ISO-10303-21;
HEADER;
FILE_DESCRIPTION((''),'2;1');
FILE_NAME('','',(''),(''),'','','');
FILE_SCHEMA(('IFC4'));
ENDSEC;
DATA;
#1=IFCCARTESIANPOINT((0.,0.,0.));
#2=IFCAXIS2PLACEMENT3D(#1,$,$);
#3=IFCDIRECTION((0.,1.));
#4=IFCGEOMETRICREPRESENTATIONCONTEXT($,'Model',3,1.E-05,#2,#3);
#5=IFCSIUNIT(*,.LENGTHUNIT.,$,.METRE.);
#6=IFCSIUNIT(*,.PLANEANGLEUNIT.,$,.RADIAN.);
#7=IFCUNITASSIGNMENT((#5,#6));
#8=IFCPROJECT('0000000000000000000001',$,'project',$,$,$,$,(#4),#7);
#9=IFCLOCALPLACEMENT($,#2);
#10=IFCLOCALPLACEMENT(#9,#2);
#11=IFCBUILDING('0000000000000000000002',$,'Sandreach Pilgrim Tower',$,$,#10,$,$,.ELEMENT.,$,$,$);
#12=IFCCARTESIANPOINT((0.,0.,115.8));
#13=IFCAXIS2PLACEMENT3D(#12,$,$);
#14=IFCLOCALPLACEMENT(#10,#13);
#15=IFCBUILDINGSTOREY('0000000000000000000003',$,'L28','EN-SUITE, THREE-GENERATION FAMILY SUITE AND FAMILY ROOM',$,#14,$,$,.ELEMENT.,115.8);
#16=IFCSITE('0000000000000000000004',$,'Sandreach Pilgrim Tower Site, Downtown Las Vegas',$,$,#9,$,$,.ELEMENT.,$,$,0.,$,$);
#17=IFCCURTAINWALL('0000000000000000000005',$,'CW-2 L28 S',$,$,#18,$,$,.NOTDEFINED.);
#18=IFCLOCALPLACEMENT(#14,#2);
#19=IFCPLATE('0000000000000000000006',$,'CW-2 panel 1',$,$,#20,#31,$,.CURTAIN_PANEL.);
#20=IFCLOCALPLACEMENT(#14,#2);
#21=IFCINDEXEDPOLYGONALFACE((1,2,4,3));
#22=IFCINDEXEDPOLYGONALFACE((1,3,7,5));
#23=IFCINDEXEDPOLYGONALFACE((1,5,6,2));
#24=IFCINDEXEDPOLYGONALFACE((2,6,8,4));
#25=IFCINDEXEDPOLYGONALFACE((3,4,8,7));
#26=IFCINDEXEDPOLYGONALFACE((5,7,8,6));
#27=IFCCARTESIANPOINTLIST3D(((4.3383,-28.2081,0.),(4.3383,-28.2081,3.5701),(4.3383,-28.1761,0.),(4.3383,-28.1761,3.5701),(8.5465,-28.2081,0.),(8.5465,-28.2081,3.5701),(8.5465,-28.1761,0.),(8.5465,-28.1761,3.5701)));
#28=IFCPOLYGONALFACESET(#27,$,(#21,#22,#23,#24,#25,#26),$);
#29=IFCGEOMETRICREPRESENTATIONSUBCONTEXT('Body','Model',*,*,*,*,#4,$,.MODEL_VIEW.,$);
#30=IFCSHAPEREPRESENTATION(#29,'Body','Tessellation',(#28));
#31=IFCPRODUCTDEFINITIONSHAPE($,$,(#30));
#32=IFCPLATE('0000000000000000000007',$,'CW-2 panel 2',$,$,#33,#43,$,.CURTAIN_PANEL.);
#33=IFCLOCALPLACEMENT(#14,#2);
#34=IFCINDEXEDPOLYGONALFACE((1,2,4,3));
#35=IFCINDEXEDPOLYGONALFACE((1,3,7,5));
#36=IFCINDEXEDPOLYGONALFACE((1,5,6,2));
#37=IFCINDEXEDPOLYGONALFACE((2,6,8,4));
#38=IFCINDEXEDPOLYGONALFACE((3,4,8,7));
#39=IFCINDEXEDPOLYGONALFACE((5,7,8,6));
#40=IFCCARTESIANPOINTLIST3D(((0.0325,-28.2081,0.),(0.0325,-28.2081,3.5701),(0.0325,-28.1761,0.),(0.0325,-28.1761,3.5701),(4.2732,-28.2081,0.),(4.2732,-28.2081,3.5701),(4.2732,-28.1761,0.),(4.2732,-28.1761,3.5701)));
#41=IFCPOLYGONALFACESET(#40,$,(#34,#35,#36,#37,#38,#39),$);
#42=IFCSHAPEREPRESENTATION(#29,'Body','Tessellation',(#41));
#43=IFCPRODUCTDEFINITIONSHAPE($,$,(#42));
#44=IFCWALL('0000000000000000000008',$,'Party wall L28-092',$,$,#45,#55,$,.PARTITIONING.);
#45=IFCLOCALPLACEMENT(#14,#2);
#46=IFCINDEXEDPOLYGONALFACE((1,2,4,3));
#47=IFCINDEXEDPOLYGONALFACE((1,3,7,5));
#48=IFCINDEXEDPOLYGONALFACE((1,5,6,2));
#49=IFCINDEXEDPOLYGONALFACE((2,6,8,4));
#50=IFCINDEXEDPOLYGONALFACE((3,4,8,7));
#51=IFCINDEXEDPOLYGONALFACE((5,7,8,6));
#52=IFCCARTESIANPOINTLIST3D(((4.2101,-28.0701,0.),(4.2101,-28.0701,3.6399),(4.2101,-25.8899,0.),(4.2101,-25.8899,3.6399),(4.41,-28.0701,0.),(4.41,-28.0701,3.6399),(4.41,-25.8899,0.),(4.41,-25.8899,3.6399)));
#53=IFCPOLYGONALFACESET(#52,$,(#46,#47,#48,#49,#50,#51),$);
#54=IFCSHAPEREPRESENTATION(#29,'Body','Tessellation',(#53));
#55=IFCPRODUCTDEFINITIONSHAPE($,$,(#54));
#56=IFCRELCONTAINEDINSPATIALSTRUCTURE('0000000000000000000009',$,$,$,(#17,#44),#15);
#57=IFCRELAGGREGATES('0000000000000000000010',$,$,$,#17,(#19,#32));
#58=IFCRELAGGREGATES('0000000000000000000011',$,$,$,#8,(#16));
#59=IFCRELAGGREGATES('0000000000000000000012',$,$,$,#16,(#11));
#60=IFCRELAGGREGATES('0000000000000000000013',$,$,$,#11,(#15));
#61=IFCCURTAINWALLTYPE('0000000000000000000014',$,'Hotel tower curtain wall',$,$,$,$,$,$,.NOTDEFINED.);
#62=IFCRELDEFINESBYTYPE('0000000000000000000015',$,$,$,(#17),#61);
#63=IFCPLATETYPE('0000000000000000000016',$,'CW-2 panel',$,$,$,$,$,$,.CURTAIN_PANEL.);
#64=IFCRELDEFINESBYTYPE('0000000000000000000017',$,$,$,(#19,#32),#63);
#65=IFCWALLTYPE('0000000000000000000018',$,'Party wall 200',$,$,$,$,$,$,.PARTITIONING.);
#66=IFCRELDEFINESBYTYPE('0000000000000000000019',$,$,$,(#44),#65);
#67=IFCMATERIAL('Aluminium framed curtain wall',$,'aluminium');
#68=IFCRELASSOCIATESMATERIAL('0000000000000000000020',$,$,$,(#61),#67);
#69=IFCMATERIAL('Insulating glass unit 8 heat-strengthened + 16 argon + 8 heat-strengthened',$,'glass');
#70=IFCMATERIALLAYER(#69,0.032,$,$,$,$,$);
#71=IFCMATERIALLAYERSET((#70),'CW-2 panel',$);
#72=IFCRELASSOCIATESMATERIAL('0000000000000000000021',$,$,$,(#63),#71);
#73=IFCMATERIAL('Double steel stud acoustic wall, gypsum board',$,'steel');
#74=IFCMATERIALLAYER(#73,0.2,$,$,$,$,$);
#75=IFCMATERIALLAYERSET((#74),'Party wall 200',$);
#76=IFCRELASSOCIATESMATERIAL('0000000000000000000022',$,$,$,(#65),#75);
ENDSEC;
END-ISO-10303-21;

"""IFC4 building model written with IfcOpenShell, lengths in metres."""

from ifc_helpers import new_model, si_unit, direction, frame, frame_2d, origin, origin_2d, place, context, subcontext, project, spatial, rectangle, extrude, material, layer, layer_set, type_object, element, aggregate, save


model = new_model("IFC4")

# Units and contexts
model_context = context("Model", 3, precision=1e-05, world=origin(), true_north=direction((0.0, 1.0)))
body_context = subcontext(model_context, "Body", "Model", "MODEL_VIEW")
ifc_project = project(units=[si_unit("LENGTHUNIT", "METRE"), si_unit("PLANEANGLEUNIT", "RADIAN")], contexts=[model_context])

# Site, building, storey
site_placement = place(None, origin())
site = spatial("IfcSite", under=ifc_project, at=site_placement, Name="Sandreach Pilgrim Tower Site, Downtown Las Vegas", CompositionType="ELEMENT", RefElevation=0.0)
building_placement = place(site_placement, origin())
building = spatial("IfcBuilding", under=site, at=building_placement, Name="Sandreach Pilgrim Tower", CompositionType="ELEMENT")
storey_placement = place(building_placement, frame((0.0, 0.0, 115.8)))
storey = spatial("IfcBuildingStorey", under=building, at=storey_placement, Name="L28", Description="EN-SUITE, THREE-GENERATION FAMILY SUITE AND FAMILY ROOM", CompositionType="ELEMENT", Elevation=115.8)

# Curtain wall
ifc_material_1 = material(Name="Aluminium framed curtain wall", Category="aluminium")
curtain_wall_type = type_object("IfcCurtainWallType", Name="Hotel tower curtain wall", PredefinedType="NOTDEFINED", material=ifc_material_1)
curtain_wall_placement = place(storey_placement, origin())
curtain_wall = element("IfcCurtainWall", 1, at=curtain_wall_placement, inside=storey, type_object=curtain_wall_type, Name="CW-2 L28 S", PredefinedType="NOTDEFINED")

# Plates
ifc_material_2 = material(Name="Insulating glass unit 8 heat-strengthened + 16 argon + 8 heat-strengthened", Category="glass")
ifc_layer_1 = layer(ifc_material_2, 0.032)
ifc_layer_set_1 = layer_set([ifc_layer_1], Name="CW-2 panel")
plate_type = type_object("IfcPlateType", Name="CW-2 panel", PredefinedType="CURTAIN_PANEL", material=ifc_layer_set_1)
plate_1_placement = place(storey_placement, frame((6.4424, -28.1921, 0.0), z_axis=(0.0, 0.0, 1.0), x_axis=(-1.0, 0.0, 0.0)))
plate_1 = element("IfcPlate", 2, at=plate_1_placement, type_object=plate_type, Name="CW-2 panel 1", PredefinedType="CURTAIN_PANEL", context=body_context, shape_type="SweptSolid", body=[
    extrude(rectangle(XDim=4.2083, YDim=0.032, at=origin_2d()), origin(), (0.0, 0.0, 1.0), 3.5701),
])
plate_2_placement = place(storey_placement, frame((2.1528, -28.1921, 0.0), z_axis=(0.0, 0.0, 1.0), x_axis=(-1.0, 0.0, 0.0)))
plate_2 = element("IfcPlate", 3, at=plate_2_placement, type_object=plate_type, Name="CW-2 panel 2", PredefinedType="CURTAIN_PANEL", context=body_context, shape_type="SweptSolid", body=[
    extrude(rectangle(XDim=4.2407, YDim=0.032, at=origin_2d()), origin(), (0.0, 0.0, 1.0), 3.5701),
])
aggregate(curtain_wall, [plate_1, plate_2])

# Wall
ifc_material_3 = material(Name="Double steel stud acoustic wall, gypsum board", Category="steel")
ifc_layer_2 = layer(ifc_material_3, 0.2)
ifc_layer_set_2 = layer_set([ifc_layer_2], Name="Party wall 200")
wall_type = type_object("IfcWallType", Name="Party wall 200", PredefinedType="PARTITIONING", material=ifc_layer_set_2)
wall_placement = place(storey_placement, frame((4.3101, -28.0701, 0.0), z_axis=(0.0, 0.0, 1.0), x_axis=(0.0, 1.0, 0.0)))
element("IfcWall", 4, at=wall_placement, inside=storey, type_object=wall_type, Name="Party wall L28-092", PredefinedType="PARTITIONING", context=body_context, shape_type="SweptSolid", body=[
    extrude(rectangle(XDim=2.1802, YDim=0.2, at=frame_2d((1.0901, 0.0))), origin(), (0.0, 0.0, 1.0), 3.6399),
])

save(model, "model.ifc")
